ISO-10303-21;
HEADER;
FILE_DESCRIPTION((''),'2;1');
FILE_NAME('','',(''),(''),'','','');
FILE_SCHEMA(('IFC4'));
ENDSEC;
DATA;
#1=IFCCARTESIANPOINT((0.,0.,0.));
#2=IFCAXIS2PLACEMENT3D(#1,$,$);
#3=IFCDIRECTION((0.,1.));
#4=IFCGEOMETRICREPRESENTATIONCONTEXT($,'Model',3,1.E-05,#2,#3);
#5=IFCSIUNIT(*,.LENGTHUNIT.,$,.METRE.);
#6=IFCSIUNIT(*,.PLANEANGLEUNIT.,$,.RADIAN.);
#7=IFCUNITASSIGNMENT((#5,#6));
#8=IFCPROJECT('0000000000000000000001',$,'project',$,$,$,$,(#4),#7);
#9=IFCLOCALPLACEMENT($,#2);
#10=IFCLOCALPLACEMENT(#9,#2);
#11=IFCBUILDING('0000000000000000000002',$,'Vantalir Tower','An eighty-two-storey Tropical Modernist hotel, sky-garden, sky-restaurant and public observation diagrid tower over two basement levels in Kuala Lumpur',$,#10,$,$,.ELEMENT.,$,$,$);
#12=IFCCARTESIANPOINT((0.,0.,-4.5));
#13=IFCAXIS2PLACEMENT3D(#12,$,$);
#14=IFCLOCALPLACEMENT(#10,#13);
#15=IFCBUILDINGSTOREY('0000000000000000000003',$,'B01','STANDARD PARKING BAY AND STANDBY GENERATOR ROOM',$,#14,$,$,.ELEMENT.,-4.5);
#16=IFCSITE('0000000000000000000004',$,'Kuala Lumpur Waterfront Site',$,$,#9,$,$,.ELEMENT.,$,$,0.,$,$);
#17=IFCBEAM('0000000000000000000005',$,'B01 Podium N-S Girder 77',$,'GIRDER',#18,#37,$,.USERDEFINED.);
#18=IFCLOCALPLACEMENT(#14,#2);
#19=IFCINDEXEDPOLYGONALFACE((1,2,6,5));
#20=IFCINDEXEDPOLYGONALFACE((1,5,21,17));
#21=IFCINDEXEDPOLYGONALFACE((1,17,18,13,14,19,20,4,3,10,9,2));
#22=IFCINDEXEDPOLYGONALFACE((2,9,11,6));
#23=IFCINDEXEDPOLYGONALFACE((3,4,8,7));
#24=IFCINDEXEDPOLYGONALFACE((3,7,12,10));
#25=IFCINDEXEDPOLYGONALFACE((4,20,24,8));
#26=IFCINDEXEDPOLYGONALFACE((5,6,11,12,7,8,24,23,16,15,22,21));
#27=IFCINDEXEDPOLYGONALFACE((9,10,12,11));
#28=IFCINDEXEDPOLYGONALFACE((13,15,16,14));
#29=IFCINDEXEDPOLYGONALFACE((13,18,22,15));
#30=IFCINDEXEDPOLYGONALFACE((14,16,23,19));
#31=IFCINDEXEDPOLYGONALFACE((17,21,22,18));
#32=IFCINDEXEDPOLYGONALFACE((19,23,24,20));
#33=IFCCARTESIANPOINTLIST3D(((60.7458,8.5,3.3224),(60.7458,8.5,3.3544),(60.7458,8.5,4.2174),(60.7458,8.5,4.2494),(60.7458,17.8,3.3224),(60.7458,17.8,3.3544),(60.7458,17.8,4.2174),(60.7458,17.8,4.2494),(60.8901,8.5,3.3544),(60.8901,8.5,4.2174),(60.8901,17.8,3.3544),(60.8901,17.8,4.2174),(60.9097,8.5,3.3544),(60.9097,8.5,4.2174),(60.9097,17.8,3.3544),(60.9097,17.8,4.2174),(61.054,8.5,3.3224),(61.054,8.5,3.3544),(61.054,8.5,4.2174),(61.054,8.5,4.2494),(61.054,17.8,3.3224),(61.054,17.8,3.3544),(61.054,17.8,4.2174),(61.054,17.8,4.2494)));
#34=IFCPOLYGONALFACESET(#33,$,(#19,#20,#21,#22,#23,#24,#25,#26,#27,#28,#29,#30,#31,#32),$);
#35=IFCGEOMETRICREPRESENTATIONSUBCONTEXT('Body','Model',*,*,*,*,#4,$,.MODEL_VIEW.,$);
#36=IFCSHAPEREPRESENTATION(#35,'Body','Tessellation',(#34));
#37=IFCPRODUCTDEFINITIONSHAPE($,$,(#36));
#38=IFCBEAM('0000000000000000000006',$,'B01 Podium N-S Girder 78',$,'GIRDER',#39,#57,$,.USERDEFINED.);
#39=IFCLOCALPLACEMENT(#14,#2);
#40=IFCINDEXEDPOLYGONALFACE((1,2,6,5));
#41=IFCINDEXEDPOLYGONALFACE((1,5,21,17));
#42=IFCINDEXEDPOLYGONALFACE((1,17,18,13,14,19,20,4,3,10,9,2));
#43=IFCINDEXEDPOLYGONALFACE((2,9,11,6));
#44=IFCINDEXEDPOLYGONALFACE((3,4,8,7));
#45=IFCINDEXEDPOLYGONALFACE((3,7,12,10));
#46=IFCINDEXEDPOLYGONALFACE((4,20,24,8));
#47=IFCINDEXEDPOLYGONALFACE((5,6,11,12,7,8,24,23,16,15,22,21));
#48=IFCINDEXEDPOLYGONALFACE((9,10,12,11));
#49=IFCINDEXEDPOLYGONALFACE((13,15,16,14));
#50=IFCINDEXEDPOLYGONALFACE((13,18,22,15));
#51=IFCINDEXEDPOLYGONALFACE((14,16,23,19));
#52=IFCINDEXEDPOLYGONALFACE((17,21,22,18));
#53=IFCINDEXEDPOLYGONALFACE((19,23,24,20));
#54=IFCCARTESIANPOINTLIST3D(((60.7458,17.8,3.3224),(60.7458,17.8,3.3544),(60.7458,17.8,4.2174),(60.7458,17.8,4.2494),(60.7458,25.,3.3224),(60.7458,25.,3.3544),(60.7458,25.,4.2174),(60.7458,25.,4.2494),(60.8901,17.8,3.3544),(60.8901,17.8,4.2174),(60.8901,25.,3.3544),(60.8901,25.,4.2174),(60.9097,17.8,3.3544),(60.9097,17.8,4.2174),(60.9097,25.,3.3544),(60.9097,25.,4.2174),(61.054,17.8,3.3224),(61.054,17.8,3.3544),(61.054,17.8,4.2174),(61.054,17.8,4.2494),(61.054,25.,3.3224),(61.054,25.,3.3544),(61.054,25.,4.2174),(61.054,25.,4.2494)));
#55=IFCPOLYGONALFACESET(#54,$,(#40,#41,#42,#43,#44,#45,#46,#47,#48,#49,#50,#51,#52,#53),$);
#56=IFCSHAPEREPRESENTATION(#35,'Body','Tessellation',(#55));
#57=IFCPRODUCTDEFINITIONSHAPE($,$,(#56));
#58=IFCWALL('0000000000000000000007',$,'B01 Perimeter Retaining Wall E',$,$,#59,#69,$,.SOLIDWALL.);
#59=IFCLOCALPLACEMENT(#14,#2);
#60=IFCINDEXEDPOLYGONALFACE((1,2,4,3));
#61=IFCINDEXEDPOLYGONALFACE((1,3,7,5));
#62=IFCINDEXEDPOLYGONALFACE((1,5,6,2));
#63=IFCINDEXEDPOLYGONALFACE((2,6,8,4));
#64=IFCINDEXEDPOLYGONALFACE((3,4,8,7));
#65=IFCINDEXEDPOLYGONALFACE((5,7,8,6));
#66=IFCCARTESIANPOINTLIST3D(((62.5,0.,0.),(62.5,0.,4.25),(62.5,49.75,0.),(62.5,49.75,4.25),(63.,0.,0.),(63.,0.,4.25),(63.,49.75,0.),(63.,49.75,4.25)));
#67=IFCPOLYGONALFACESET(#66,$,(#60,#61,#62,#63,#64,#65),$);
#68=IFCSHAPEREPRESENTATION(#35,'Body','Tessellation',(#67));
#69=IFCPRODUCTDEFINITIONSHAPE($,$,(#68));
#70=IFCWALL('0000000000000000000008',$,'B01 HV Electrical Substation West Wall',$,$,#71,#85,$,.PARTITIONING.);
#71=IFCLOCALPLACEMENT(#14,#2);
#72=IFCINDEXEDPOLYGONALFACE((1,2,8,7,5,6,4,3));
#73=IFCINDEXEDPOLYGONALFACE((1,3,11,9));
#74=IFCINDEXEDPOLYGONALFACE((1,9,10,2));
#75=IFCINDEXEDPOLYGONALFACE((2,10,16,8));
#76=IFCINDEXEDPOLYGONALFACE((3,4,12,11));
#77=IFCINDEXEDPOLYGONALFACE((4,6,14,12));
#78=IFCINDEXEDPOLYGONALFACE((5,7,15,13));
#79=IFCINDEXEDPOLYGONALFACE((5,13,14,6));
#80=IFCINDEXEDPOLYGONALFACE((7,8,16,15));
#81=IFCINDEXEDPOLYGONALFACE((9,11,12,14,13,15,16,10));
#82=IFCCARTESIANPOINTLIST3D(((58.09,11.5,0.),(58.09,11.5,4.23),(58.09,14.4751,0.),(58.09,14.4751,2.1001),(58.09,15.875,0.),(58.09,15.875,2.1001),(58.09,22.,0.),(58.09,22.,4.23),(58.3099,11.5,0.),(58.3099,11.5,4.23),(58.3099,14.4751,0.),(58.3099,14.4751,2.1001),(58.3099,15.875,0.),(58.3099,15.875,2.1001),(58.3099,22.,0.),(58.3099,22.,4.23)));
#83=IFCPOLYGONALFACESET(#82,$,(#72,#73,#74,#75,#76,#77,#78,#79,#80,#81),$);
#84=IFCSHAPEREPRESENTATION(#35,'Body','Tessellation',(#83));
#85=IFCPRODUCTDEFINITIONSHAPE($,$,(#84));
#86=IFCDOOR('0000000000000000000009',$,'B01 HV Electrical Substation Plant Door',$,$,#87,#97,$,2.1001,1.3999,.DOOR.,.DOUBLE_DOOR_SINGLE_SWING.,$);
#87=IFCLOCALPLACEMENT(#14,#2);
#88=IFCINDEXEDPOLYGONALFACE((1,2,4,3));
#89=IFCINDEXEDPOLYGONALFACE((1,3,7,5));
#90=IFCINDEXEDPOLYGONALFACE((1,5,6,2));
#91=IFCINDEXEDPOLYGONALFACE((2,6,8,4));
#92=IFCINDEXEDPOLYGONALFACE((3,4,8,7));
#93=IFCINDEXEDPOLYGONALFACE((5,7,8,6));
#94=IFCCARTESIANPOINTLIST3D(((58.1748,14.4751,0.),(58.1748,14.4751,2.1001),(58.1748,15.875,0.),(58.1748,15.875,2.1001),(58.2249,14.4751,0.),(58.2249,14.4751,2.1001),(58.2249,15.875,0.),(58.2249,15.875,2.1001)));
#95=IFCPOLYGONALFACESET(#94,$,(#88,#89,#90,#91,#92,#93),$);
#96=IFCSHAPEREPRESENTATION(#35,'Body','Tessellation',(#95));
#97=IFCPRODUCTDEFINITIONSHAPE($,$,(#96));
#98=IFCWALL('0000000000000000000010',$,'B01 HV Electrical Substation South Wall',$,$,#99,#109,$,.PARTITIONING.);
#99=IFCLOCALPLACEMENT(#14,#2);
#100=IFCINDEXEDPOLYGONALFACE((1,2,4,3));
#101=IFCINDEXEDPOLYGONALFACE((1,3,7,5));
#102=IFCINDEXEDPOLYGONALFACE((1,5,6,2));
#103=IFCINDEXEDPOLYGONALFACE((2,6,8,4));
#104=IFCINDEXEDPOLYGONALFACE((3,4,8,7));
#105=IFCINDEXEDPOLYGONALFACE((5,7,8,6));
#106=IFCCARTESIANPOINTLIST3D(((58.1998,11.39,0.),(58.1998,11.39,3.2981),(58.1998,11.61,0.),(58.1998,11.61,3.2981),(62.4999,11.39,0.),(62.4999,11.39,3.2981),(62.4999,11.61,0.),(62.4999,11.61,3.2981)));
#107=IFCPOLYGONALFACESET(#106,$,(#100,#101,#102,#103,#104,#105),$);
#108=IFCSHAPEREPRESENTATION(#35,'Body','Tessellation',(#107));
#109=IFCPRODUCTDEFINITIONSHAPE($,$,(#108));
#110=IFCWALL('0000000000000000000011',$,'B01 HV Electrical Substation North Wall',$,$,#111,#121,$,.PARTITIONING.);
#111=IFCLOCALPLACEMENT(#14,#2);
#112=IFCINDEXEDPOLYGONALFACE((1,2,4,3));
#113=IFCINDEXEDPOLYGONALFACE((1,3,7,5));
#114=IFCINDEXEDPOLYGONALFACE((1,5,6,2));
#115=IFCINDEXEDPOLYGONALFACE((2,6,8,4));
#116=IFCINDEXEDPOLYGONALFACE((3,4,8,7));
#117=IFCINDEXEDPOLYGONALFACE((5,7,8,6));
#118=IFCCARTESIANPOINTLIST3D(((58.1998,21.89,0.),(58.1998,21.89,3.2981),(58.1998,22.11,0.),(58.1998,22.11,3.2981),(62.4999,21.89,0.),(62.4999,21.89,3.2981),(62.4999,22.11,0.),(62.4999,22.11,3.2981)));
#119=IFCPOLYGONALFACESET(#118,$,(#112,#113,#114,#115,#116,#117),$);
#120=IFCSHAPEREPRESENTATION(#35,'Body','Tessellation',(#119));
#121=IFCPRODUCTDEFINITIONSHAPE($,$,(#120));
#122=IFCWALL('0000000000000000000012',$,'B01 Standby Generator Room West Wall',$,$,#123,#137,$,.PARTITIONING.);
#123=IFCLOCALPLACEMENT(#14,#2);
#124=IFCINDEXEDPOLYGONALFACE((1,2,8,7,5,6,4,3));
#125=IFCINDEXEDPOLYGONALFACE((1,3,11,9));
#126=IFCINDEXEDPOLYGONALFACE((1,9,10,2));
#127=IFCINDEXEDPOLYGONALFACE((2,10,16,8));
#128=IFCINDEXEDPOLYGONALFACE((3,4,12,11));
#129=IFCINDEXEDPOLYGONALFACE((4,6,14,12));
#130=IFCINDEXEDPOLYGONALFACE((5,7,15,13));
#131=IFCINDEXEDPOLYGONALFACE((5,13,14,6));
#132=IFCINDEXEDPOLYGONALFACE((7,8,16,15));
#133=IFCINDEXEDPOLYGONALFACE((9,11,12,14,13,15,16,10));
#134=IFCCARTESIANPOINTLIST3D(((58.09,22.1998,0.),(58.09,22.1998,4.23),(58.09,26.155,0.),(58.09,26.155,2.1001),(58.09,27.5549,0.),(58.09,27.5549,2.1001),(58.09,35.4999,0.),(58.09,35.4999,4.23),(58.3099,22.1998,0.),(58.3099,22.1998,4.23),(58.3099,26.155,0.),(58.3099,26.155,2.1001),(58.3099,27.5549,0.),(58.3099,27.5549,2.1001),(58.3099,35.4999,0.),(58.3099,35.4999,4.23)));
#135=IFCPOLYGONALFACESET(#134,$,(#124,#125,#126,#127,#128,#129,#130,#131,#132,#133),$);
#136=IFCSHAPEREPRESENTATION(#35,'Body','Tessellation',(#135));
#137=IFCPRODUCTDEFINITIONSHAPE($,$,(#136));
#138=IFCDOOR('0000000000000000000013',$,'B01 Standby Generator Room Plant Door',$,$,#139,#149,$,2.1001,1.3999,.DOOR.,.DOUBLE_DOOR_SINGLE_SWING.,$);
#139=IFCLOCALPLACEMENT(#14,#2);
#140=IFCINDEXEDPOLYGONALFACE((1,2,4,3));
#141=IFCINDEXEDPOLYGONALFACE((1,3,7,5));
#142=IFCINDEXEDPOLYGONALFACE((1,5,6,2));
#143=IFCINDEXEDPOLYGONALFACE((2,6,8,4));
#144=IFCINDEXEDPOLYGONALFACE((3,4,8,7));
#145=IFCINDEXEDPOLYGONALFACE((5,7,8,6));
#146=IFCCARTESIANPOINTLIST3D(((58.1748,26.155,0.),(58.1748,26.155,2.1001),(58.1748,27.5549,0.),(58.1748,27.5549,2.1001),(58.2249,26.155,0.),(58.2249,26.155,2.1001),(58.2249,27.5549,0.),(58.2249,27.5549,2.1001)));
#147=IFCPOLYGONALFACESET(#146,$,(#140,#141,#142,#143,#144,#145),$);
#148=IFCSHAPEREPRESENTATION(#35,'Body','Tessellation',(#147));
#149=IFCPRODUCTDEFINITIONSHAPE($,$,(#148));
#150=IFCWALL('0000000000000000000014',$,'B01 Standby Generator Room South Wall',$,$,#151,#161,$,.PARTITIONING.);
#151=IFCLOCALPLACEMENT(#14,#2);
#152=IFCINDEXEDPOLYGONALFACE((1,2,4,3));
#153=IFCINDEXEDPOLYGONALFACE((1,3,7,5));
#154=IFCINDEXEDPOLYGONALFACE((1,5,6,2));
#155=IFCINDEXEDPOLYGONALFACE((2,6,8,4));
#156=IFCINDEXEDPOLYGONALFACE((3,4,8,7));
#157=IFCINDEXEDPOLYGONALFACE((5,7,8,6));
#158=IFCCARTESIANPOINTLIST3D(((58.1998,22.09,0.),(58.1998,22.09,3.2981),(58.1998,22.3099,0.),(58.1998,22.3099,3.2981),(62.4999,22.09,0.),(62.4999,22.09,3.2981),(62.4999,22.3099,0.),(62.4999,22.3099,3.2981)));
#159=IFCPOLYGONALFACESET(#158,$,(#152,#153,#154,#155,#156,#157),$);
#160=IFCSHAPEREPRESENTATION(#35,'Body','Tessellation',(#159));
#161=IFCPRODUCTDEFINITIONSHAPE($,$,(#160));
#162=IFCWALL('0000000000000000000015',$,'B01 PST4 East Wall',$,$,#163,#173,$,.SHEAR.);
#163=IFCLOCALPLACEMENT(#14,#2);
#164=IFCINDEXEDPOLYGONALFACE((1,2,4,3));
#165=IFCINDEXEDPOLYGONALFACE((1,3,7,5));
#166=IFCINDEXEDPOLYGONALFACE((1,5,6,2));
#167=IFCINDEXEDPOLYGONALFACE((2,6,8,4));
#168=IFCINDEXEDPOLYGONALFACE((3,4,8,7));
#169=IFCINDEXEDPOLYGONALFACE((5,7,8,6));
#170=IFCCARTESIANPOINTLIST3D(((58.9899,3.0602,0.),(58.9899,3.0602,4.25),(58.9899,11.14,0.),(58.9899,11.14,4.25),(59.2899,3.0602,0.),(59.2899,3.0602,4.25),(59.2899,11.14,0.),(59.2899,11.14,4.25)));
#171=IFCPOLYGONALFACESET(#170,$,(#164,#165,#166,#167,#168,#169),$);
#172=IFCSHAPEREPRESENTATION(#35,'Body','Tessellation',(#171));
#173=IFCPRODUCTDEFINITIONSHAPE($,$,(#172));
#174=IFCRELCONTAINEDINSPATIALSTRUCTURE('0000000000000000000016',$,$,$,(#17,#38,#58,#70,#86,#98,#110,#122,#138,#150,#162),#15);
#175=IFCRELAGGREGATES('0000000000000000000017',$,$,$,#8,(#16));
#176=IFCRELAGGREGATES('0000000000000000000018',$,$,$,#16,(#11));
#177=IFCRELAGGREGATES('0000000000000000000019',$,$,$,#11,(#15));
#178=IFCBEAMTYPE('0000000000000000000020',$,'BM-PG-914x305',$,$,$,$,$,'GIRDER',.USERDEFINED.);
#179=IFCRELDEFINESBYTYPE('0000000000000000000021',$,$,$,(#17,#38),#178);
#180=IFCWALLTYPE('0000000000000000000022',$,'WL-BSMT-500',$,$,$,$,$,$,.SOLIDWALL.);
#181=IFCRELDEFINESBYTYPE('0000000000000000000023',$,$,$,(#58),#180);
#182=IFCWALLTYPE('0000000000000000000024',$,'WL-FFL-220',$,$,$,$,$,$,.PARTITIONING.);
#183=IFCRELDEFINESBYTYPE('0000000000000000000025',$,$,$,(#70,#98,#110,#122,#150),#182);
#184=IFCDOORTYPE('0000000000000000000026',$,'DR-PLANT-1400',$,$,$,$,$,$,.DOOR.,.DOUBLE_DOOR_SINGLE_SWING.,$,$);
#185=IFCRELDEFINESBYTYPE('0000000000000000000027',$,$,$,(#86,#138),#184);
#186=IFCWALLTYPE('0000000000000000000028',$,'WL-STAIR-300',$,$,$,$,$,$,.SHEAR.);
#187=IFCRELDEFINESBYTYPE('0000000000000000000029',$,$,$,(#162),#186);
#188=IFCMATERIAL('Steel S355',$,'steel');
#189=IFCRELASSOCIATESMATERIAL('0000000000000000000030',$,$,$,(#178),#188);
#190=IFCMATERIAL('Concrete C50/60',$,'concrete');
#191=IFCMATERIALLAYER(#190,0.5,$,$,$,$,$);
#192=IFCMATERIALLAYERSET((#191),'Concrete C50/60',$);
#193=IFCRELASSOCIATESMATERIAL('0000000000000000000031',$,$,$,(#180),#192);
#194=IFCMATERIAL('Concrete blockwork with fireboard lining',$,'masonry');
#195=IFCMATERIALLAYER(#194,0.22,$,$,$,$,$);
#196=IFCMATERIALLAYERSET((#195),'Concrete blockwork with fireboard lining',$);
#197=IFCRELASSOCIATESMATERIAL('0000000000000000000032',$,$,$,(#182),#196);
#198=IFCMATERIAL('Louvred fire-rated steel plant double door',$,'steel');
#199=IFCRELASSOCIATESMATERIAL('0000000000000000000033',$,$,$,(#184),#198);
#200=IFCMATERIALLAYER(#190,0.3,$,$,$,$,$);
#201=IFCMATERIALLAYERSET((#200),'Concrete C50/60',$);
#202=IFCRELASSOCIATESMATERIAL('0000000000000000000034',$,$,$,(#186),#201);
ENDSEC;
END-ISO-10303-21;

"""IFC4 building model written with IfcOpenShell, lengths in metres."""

from ifc_helpers import new_model, si_unit, direction, frame, frame_2d, origin, origin_2d, place, context, subcontext, project, spatial, rectangle, i_section, extrude, material, layer, layer_set, material_profile, profile_set, type_object, element, fill, save


model = new_model("IFC4")

# Units and contexts
model_context = context("Model", 3, precision=1e-05, world=origin(), true_north=direction((0.0, 1.0)))
body_context = subcontext(model_context, "Body", "Model", "MODEL_VIEW")
ifc_project = project(units=[si_unit("LENGTHUNIT", "METRE"), si_unit("PLANEANGLEUNIT", "RADIAN")], contexts=[model_context])

# Site, building, storey
site_placement = place(None, origin())
site = spatial("IfcSite", under=ifc_project, at=site_placement, Name="Kuala Lumpur Waterfront Site", CompositionType="ELEMENT", RefElevation=0.0)
building_placement = place(site_placement, origin())
building = spatial("IfcBuilding", under=site, at=building_placement, Name="Vantalir Tower", Description="An eighty-two-storey Tropical Modernist hotel, sky-garden, sky-restaurant and public observation diagrid tower over two basement levels in Kuala Lumpur", CompositionType="ELEMENT")
storey_placement = place(building_placement, frame((0.0, 0.0, -4.5)))
storey = spatial("IfcBuildingStorey", under=building, at=storey_placement, Name="B01", Description="STANDARD PARKING BAY AND STANDBY GENERATOR ROOM", CompositionType="ELEMENT", Elevation=-4.5)

# Shared definitions
ifc_material_1 = material(Name="Concrete C50/60", Category="concrete")

# Beams
ifc_material_2 = material(Name="Steel S355", Category="steel")
ifc_material_profile_1 = material_profile(ifc_material_2, i_section(OverallWidth=0.3081, OverallDepth=0.927, WebThickness=0.0195, FlangeThickness=0.032, at=origin_2d()), Name="Steel S355")
ifc_profile_set_1 = profile_set([ifc_material_profile_1], Name="Steel S355")
beam_type_1 = type_object("IfcBeamType", Name="BM-PG-914x305", ElementType="GIRDER", PredefinedType="USERDEFINED", material=ifc_profile_set_1)
beam_1_placement = place(storey_placement, frame((60.8999, 8.5, 3.7859), z_axis=(0.0, 1.0, 0.0), x_axis=(-1.0, 0.0, 0.0)))
element("IfcBeam", 1, at=beam_1_placement, inside=storey, type_object=beam_type_1, Name="B01 Podium N-S Girder 77", ObjectType="GIRDER", PredefinedType="USERDEFINED", context=body_context, shape_type="SweptSolid", body=[
    extrude(i_section(OverallWidth=0.3081, OverallDepth=0.927, WebThickness=0.0195, FlangeThickness=0.032, at=origin_2d()), origin(), (0.0, 0.0, 1.0), 9.3),
])
beam_2_placement = place(storey_placement, frame((60.8999, 17.8, 3.7859), z_axis=(0.0, 1.0, 0.0), x_axis=(-1.0, 0.0, 0.0)))
element("IfcBeam", 2, at=beam_2_placement, inside=storey, type_object=beam_type_1, Name="B01 Podium N-S Girder 78", ObjectType="GIRDER", PredefinedType="USERDEFINED", context=body_context, shape_type="SweptSolid", body=[
    extrude(i_section(OverallWidth=0.3081, OverallDepth=0.927, WebThickness=0.0195, FlangeThickness=0.032, at=origin_2d()), origin(), (0.0, 0.0, 1.0), 7.2),
])

# Wall
ifc_layer_1 = layer(ifc_material_1, 0.5)
ifc_layer_set_1 = layer_set([ifc_layer_1], Name="Concrete C50/60")
wall_type_1 = type_object("IfcWallType", Name="WL-BSMT-500", PredefinedType="SOLIDWALL", material=ifc_layer_set_1)
wall_1_placement = place(storey_placement, frame((62.75, 0.0, 0.0), z_axis=(0.0, 0.0, 1.0), x_axis=(0.0, 1.0, 0.0)))
element("IfcWall", 3, at=wall_1_placement, inside=storey, type_object=wall_type_1, Name="B01 Perimeter Retaining Wall E", PredefinedType="SOLIDWALL", context=body_context, shape_type="SweptSolid", body=[
    extrude(rectangle(XDim=49.75, YDim=0.5, at=frame_2d((24.875, 0.0))), origin(), (0.0, 0.0, 1.0), 4.25),
])

# Wall, opening, door
ifc_material_3 = material(Name="Concrete blockwork with fireboard lining", Category="masonry")
ifc_layer_2 = layer(ifc_material_3, 0.22)
ifc_layer_set_2 = layer_set([ifc_layer_2], Name="Concrete blockwork with fireboard lining")
wall_type_2 = type_object("IfcWallType", Name="WL-FFL-220", PredefinedType="PARTITIONING", material=ifc_layer_set_2)
wall_2_placement = place(storey_placement, frame((58.2, 11.5, 0.0), z_axis=(0.0, 0.0, 1.0), x_axis=(0.0, 1.0, 0.0)))
wall_2 = element("IfcWall", 4, at=wall_2_placement, inside=storey, type_object=wall_type_2, Name="B01 HV Electrical Substation West Wall", PredefinedType="PARTITIONING", context=body_context, shape_type="SweptSolid", body=[
    extrude(rectangle(XDim=10.5, YDim=0.22, at=frame_2d((5.25, 0.0))), origin(), (0.0, 0.0, 1.0), 4.23),
])
opening_1_placement = place(wall_2_placement, frame((2.9751, 0.0, 0.0)))
opening_1 = element("IfcOpeningElement", 5, at=opening_1_placement, cuts=wall_2, PredefinedType="OPENING", context=body_context, shape_type="SweptSolid", body=[
    extrude(rectangle(XDim=1.3999, YDim=2.1001, at=frame_2d((0.7, 1.05))), frame((0.0, 0.1199, 0.0), z_axis=(0.0, -1.0, 0.0), x_axis=(1.0, 0.0, 0.0)), (0.0, 0.0, 1.0), 0.24),
])
ifc_material_4 = material(Name="Louvred fire-rated steel plant double door", Category="steel")
door_type = type_object("IfcDoorType", Name="DR-PLANT-1400", OperationType="DOUBLE_DOOR_SINGLE_SWING", PredefinedType="DOOR", material=ifc_material_4)
door_1_placement = place(opening_1_placement, frame((1.3999, 0.0, 0.0), z_axis=(0.0, 0.0, 1.0), x_axis=(-1.0, 0.0, 0.0)))
door_1 = element("IfcDoor", 6, at=door_1_placement, inside=storey, type_object=door_type, Name="B01 HV Electrical Substation Plant Door", OperationType="DOUBLE_DOOR_SINGLE_SWING", OverallHeight=2.1001, OverallWidth=1.3999, PredefinedType="DOOR", context=body_context, shape_type="SweptSolid", body=[
    extrude(rectangle(XDim=1.3999, YDim=2.1001, at=frame_2d((0.7, 1.05))), frame((0.0, 0.0249, 0.0), z_axis=(0.0, -1.0, 0.0), x_axis=(1.0, 0.0, 0.0)), (0.0, 0.0, 1.0), 0.05),
])
fill(opening_1, door_1)

# Walls
for number, where, z_axis, x_axis, name in (
    (7, (58.2, 11.5, 0.0), (0.0, 0.0, 1.0), (1.0, 0.0, 0.0), "B01 HV Electrical Substation South Wall"),
    (8, (58.2, 22.0, 0.0), (0.0, 0.0, 1.0), (1.0, 0.0, 0.0), "B01 HV Electrical Substation North Wall"),
):
    element("IfcWall", number, at=place(storey_placement, frame(where, z_axis=z_axis, x_axis=x_axis)), inside=storey, type_object=wall_type_2, Name=name, PredefinedType="PARTITIONING", context=body_context, shape_type="SweptSolid", body=[
        extrude(rectangle(XDim=4.3, YDim=0.22, at=frame_2d((2.1499, 0.0))), origin(), (0.0, 0.0, 1.0), 3.2981),
    ])

# Wall, opening, door
wall_3_placement = place(storey_placement, frame((58.2, 22.2, 0.0), z_axis=(0.0, 0.0, 1.0), x_axis=(0.0, 1.0, 0.0)))
wall_3 = element("IfcWall", 9, at=wall_3_placement, inside=storey, type_object=wall_type_2, Name="B01 Standby Generator Room West Wall", PredefinedType="PARTITIONING", context=body_context, shape_type="SweptSolid", body=[
    extrude(rectangle(XDim=13.3, YDim=0.22, at=frame_2d((6.6499, 0.0))), origin(), (0.0, 0.0, 1.0), 4.23),
])
opening_2_placement = place(wall_3_placement, frame((3.9551, 0.0, 0.0)))
opening_2 = element("IfcOpeningElement", 10, at=opening_2_placement, cuts=wall_3, PredefinedType="OPENING", context=body_context, shape_type="SweptSolid", body=[
    extrude(rectangle(XDim=1.3999, YDim=2.1001, at=frame_2d((0.7, 1.05))), frame((0.0, 0.1199, 0.0), z_axis=(0.0, -1.0, 0.0), x_axis=(1.0, 0.0, 0.0)), (0.0, 0.0, 1.0), 0.24),
])
door_2_placement = place(opening_2_placement, frame((1.3999, 0.0, 0.0), z_axis=(0.0, 0.0, 1.0), x_axis=(-1.0, 0.0, 0.0)))
door_2 = element("IfcDoor", 11, at=door_2_placement, inside=storey, type_object=door_type, Name="B01 Standby Generator Room Plant Door", OperationType="DOUBLE_DOOR_SINGLE_SWING", OverallHeight=2.1001, OverallWidth=1.3999, PredefinedType="DOOR", context=body_context, shape_type="SweptSolid", body=[
    extrude(rectangle(XDim=1.3999, YDim=2.1001, at=frame_2d((0.7, 1.05))), frame((0.0, 0.0249, 0.0), z_axis=(0.0, -1.0, 0.0), x_axis=(1.0, 0.0, 0.0)), (0.0, 0.0, 1.0), 0.05),
])
fill(opening_2, door_2)

# Walls
wall_4_placement = place(storey_placement, frame((58.2, 22.2, 0.0), z_axis=(0.0, 0.0, 1.0), x_axis=(1.0, 0.0, 0.0)))
element("IfcWall", 12, at=wall_4_placement, inside=storey, type_object=wall_type_2, Name="B01 Standby Generator Room South Wall", PredefinedType="PARTITIONING", context=body_context, shape_type="SweptSolid", body=[
    extrude(rectangle(XDim=4.3, YDim=0.22, at=frame_2d((2.1499, 0.0))), origin(), (0.0, 0.0, 1.0), 3.2981),
])
ifc_layer_3 = layer(ifc_material_1, 0.3)
ifc_layer_set_3 = layer_set([ifc_layer_3], Name="Concrete C50/60")
wall_type_3 = type_object("IfcWallType", Name="WL-STAIR-300", PredefinedType="SHEAR", material=ifc_layer_set_3)
wall_5_placement = place(storey_placement, frame((59.1399, 3.0601, 0.0), z_axis=(0.0, 0.0, 1.0), x_axis=(0.0, 1.0, 0.0)))
element("IfcWall", 13, at=wall_5_placement, inside=storey, type_object=wall_type_3, Name="B01 PST4 East Wall", PredefinedType="SHEAR", context=body_context, shape_type="SweptSolid", body=[
    extrude(rectangle(XDim=8.0798, YDim=0.3, at=frame_2d((4.04, 0.0))), origin(), (0.0, 0.0, 1.0), 4.25),
])

save(model, "model.ifc")
